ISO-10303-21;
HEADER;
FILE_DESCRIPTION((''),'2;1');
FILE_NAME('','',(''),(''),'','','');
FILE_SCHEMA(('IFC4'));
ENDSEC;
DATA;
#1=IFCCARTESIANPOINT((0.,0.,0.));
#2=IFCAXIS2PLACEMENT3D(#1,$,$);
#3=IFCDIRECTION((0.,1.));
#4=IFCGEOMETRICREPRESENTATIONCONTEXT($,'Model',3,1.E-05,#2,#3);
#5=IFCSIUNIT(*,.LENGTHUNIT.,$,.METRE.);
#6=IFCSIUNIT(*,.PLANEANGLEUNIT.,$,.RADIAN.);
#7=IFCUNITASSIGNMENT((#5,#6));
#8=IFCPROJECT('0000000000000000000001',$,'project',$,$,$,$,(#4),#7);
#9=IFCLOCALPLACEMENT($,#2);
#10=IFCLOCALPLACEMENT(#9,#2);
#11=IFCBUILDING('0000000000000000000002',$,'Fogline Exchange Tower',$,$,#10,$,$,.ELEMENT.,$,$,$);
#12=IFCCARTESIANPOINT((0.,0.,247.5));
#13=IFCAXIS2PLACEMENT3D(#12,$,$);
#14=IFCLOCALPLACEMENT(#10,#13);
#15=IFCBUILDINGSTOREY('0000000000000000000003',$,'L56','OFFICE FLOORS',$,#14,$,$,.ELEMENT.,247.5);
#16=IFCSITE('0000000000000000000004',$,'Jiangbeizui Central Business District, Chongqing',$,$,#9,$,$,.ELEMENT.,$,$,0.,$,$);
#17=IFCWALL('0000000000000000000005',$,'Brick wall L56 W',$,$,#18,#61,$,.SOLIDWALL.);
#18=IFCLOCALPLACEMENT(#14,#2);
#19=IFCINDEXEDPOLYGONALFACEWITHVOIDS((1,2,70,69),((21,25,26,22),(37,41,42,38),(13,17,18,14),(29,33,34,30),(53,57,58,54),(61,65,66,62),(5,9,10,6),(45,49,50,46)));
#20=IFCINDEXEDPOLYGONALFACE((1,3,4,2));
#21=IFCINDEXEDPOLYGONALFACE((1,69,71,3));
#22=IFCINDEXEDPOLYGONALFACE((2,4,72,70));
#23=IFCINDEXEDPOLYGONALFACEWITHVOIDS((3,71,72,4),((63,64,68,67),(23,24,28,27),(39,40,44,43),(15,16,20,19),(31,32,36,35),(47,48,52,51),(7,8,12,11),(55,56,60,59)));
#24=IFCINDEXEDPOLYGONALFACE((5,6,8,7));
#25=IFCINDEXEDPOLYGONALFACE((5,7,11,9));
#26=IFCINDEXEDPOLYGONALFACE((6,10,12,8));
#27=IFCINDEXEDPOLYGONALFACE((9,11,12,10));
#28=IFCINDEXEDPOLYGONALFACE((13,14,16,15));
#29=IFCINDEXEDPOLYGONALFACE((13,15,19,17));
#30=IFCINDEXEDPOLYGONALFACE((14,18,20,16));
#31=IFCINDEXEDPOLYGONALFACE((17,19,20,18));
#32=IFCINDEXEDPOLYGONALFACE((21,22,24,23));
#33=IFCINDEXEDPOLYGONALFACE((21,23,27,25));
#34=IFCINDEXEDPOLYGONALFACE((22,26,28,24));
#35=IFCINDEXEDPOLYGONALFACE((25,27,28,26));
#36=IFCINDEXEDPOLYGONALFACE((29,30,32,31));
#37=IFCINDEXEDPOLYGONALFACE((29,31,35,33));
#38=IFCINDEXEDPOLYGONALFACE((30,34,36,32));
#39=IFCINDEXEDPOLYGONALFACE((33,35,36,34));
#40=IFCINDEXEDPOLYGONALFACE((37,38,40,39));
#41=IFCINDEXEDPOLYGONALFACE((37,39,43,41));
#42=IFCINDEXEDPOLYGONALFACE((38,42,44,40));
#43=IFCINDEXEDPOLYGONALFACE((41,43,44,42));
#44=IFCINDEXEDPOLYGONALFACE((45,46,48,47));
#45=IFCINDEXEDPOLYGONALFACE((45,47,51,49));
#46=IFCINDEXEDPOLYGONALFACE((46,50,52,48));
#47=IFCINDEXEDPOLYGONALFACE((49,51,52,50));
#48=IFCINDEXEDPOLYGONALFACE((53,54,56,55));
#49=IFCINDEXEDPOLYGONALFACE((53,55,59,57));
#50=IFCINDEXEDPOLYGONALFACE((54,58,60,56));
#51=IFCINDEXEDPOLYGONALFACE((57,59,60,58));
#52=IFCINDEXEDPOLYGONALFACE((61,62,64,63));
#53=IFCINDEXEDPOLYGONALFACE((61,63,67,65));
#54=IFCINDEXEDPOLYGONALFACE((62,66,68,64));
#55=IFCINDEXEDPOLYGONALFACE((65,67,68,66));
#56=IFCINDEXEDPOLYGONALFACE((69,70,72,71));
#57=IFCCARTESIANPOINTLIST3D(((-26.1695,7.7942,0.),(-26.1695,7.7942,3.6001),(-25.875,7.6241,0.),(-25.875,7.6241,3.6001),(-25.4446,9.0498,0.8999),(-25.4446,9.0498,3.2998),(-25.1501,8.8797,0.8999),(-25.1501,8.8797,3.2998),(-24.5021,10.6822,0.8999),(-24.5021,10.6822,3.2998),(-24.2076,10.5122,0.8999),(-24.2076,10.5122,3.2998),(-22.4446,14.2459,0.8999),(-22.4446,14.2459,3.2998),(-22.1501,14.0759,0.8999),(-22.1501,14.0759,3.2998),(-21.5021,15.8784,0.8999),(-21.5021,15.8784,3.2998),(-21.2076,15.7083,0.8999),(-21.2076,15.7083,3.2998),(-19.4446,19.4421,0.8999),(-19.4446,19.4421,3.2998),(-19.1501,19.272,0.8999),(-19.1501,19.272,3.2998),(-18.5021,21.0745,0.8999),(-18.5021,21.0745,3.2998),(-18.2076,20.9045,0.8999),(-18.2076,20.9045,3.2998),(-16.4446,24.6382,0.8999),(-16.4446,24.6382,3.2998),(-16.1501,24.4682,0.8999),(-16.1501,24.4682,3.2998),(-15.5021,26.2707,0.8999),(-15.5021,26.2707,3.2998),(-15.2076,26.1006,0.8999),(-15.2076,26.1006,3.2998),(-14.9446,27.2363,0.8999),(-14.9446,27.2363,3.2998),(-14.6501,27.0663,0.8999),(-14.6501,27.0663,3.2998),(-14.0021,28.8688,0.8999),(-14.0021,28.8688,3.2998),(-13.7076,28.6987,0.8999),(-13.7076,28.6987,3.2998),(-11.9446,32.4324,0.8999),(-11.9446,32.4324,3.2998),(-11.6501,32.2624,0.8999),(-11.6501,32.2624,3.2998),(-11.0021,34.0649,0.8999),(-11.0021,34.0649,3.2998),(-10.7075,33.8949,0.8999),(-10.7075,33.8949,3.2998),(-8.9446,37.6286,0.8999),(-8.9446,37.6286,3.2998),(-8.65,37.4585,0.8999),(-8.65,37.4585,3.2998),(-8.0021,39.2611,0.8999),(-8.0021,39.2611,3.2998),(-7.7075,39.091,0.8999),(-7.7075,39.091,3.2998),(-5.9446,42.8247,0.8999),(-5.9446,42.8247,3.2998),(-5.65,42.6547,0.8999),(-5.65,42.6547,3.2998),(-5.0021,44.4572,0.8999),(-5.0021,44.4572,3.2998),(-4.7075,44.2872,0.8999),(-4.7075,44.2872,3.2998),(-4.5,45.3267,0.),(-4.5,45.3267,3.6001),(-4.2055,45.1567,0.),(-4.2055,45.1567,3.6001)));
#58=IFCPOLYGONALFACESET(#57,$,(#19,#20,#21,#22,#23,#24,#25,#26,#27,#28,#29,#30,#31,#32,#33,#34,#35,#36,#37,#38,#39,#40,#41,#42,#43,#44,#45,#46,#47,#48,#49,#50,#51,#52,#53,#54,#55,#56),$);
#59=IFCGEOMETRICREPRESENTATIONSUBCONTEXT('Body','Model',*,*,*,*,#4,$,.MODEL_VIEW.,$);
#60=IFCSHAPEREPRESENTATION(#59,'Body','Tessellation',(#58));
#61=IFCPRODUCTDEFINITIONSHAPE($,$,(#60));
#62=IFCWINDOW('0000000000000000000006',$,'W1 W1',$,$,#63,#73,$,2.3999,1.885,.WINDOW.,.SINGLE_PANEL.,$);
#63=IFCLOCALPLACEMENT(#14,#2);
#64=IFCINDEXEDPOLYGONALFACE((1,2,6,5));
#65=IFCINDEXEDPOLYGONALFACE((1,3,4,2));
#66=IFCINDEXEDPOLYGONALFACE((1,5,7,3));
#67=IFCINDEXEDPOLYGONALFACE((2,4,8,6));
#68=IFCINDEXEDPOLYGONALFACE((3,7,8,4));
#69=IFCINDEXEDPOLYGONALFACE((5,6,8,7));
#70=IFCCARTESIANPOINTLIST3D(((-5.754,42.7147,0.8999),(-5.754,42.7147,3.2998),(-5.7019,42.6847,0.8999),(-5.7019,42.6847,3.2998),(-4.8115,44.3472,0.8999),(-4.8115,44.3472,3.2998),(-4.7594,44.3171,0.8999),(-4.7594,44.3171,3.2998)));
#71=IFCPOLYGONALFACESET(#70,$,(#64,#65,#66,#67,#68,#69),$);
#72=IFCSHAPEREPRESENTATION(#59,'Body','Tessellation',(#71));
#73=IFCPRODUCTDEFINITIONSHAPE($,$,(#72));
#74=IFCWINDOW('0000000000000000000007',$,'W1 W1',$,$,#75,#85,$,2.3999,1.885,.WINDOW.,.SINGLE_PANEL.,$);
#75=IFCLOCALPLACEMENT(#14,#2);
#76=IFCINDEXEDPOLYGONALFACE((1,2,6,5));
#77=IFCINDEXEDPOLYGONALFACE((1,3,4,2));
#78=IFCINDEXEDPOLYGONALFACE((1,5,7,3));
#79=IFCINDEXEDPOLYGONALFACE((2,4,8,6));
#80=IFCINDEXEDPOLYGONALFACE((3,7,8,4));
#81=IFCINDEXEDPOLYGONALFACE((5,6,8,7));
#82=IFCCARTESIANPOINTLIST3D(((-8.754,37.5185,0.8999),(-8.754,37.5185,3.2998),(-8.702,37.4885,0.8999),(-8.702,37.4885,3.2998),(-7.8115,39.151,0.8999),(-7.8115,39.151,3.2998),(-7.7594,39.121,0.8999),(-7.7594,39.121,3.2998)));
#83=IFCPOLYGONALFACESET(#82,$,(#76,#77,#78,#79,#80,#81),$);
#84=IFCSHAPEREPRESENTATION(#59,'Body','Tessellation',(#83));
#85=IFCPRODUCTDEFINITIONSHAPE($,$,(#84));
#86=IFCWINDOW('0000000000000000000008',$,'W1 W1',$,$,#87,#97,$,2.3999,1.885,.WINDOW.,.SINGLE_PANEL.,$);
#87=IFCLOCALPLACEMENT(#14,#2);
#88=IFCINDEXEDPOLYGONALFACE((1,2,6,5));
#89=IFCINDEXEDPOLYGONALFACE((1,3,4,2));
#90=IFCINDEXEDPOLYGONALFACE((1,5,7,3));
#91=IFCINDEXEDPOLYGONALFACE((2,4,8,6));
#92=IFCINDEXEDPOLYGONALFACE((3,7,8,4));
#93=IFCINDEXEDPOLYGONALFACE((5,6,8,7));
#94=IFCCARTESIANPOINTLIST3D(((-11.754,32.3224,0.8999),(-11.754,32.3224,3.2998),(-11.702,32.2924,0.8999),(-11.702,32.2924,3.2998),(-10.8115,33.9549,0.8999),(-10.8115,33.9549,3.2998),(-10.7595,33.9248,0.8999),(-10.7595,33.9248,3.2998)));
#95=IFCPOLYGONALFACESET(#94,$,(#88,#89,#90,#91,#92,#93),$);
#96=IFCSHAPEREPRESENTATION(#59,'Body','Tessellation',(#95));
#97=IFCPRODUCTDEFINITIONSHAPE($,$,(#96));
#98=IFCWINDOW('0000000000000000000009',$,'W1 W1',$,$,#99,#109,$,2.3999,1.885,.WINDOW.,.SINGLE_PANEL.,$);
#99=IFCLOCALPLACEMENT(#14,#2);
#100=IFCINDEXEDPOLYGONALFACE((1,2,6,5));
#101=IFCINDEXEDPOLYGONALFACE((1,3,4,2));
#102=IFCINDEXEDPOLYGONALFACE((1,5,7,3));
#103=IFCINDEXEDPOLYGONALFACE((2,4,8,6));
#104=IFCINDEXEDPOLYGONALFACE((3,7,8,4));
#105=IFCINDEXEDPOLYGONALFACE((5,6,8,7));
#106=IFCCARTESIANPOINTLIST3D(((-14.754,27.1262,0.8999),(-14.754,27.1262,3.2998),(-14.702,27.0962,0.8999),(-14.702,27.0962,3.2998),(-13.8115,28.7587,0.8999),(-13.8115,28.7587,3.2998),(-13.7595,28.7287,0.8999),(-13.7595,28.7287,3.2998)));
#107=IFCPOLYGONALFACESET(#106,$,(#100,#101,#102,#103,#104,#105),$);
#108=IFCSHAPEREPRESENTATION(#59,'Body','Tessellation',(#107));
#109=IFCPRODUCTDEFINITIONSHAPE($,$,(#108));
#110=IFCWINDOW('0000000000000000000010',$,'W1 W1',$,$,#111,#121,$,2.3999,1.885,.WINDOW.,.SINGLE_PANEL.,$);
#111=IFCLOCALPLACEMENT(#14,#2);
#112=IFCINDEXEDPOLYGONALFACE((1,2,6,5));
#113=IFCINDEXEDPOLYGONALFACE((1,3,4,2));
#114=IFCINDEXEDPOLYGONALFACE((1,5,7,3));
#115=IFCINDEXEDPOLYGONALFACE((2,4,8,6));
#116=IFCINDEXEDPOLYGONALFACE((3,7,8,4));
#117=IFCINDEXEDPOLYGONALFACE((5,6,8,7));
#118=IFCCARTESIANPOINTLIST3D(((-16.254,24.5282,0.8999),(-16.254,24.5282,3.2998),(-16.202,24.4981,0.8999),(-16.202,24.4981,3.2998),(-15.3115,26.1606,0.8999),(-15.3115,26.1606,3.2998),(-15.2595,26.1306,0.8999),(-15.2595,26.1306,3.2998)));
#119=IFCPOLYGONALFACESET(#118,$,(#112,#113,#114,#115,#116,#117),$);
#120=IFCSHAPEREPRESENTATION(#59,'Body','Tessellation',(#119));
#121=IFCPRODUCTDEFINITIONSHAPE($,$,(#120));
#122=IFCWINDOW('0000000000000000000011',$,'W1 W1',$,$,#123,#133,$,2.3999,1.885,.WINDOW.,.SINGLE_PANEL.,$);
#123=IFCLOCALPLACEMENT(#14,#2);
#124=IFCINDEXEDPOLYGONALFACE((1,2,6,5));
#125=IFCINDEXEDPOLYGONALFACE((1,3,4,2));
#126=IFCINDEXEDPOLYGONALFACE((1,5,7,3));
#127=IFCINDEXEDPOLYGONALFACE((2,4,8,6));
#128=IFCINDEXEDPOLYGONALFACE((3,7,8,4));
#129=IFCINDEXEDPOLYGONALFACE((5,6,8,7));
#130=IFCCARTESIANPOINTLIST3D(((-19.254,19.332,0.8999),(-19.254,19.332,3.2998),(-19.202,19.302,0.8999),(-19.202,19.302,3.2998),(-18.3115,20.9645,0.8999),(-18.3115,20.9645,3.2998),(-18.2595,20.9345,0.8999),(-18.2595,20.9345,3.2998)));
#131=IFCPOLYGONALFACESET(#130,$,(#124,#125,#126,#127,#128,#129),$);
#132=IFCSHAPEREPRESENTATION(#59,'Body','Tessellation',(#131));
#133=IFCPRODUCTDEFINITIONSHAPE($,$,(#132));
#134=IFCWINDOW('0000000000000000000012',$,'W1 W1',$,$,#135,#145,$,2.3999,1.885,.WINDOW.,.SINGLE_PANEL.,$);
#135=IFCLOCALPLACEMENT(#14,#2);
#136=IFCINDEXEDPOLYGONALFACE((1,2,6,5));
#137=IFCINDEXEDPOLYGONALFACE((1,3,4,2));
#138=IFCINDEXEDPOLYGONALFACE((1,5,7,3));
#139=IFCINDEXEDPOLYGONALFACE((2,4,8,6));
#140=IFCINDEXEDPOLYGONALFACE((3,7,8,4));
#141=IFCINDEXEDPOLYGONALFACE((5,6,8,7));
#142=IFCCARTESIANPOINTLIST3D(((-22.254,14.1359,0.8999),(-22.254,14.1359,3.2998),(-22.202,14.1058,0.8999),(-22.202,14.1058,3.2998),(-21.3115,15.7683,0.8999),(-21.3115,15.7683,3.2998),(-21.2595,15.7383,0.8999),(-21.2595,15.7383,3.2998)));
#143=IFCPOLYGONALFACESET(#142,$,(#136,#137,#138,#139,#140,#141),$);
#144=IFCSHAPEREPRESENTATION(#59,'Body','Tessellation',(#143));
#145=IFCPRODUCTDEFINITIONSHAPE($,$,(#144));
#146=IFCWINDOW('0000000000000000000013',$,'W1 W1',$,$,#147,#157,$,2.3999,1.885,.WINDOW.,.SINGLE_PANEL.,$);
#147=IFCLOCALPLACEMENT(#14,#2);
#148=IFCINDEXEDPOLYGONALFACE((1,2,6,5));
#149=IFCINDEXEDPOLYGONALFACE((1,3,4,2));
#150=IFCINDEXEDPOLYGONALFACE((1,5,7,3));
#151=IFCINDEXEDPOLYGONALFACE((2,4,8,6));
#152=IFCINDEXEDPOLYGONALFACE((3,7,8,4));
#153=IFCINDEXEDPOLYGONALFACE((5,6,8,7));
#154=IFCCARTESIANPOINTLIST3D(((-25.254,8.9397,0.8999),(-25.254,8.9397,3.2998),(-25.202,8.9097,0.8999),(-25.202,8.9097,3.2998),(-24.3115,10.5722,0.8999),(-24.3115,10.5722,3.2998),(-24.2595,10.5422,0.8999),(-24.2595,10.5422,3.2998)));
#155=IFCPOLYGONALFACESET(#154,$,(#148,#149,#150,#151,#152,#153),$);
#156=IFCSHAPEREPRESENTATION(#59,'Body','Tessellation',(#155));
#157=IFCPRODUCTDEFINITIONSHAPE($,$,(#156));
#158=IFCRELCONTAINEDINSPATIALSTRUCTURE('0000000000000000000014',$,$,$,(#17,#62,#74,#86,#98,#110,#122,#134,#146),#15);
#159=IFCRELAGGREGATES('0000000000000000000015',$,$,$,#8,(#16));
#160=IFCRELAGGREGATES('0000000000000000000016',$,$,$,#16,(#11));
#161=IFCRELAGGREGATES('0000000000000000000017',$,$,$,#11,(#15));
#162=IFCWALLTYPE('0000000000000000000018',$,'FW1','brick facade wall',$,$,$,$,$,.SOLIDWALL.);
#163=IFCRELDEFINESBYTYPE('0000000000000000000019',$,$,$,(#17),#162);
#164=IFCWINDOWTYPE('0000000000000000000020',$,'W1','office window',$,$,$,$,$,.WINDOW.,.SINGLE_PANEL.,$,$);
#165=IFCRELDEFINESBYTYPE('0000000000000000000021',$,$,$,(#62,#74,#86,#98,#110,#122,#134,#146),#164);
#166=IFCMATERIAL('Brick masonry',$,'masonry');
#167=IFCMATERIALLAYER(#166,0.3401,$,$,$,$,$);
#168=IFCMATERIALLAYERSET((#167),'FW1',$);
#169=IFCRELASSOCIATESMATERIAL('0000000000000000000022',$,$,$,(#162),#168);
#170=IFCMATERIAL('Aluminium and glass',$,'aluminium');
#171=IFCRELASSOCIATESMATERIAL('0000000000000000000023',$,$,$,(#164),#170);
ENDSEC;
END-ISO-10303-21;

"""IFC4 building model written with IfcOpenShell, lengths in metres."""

from ifc_helpers import new_model, si_unit, direction, frame, frame_2d, origin, place, context, subcontext, project, spatial, rectangle, extrude, material, layer, layer_set, type_object, element, fill, save


model = new_model("IFC4")

# Units and contexts
model_context = context("Model", 3, precision=1e-05, world=origin(), true_north=direction((0.0, 1.0)))
body_context = subcontext(model_context, "Body", "Model", "MODEL_VIEW")
ifc_project = project(units=[si_unit("LENGTHUNIT", "METRE"), si_unit("PLANEANGLEUNIT", "RADIAN")], contexts=[model_context])

# Site, building, storey
site_placement = place(None, origin())
site = spatial("IfcSite", under=ifc_project, at=site_placement, Name="Jiangbeizui Central Business District, Chongqing", CompositionType="ELEMENT", RefElevation=0.0)
building_placement = place(site_placement, origin())
building = spatial("IfcBuilding", under=site, at=building_placement, Name="Fogline Exchange Tower", CompositionType="ELEMENT")
storey_placement = place(building_placement, frame((0.0, 0.0, 247.5)))
storey = spatial("IfcBuildingStorey", under=building, at=storey_placement, Name="L56", Description="OFFICE FLOORS", CompositionType="ELEMENT", Elevation=247.5)

# Wall, openings, windows
ifc_material_1 = material(Name="Brick masonry", Category="masonry")
ifc_layer_1 = layer(ifc_material_1, 0.3401)
ifc_layer_set_1 = layer_set([ifc_layer_1], Name="FW1")
wall_type_1 = type_object("IfcWallType", Name="FW1", Description="brick facade wall", PredefinedType="SOLIDWALL", material=ifc_layer_set_1)
wall_1_placement = place(storey_placement, frame((-4.3528, 45.2417, 0.0), z_axis=(0.0, 0.0, 1.0), x_axis=(-0.500001, -0.866025, 0.0)))
wall_1 = element("IfcWall", 1, at=wall_1_placement, inside=storey, type_object=wall_type_1, Name="Brick wall L56 W", PredefinedType="SOLIDWALL", context=body_context, shape_type="SweptSolid", body=[
    extrude(rectangle(XDim=43.3389, YDim=0.3401, at=frame_2d((21.6694, 0.0))), origin(), (0.0, 0.0, 1.0), 3.6001),
])
opening_1_placement = place(wall_1_placement, frame((1.0042, 0.0, 0.8999)))
opening_1 = element("IfcOpeningElement", 2, at=opening_1_placement, cuts=wall_1, PredefinedType="OPENING", context=body_context, shape_type="SweptSolid", body=[
    extrude(rectangle(XDim=1.885, YDim=2.3999, at=frame_2d((0.9424, 1.2))), frame((0.0, 0.1802, 0.0), z_axis=(0.0, -1.0, 0.0), x_axis=(1.0, 0.0, 0.0)), (0.0, 0.0, 1.0), 0.3601),
])
opening_2_placement = place(wall_1_placement, frame((7.0042, 0.0, 0.8999)))
opening_2 = element("IfcOpeningElement", 3, at=opening_2_placement, cuts=wall_1, PredefinedType="OPENING", context=body_context, shape_type="SweptSolid", body=[
    extrude(rectangle(XDim=1.885, YDim=2.3999, at=frame_2d((0.9424, 1.2))), frame((0.0, 0.1802, 0.0), z_axis=(0.0, -1.0, 0.0), x_axis=(1.0, 0.0, 0.0)), (0.0, 0.0, 1.0), 0.3601),
])
opening_3_placement = place(wall_1_placement, frame((13.0042, 0.0, 0.8999)))
opening_3 = element("IfcOpeningElement", 4, at=opening_3_placement, cuts=wall_1, PredefinedType="OPENING", context=body_context, shape_type="SweptSolid", body=[
    extrude(rectangle(XDim=1.885, YDim=2.3999, at=frame_2d((0.9424, 1.2))), frame((0.0, 0.1802, 0.0), z_axis=(0.0, -1.0, 0.0), x_axis=(1.0, 0.0, 0.0)), (0.0, 0.0, 1.0), 0.3601),
])
opening_4_placement = place(wall_1_placement, frame((19.0042, 0.0, 0.8999)))
opening_4 = element("IfcOpeningElement", 5, at=opening_4_placement, cuts=wall_1, PredefinedType="OPENING", context=body_context, shape_type="SweptSolid", body=[
    extrude(rectangle(XDim=1.885, YDim=2.3999, at=frame_2d((0.9424, 1.2))), frame((0.0, 0.1802, 0.0), z_axis=(0.0, -1.0, 0.0), x_axis=(1.0, 0.0, 0.0)), (0.0, 0.0, 1.0), 0.3601),
])
opening_5_placement = place(wall_1_placement, frame((22.0042, 0.0, 0.8999)))
opening_5 = element("IfcOpeningElement", 6, at=opening_5_placement, cuts=wall_1, PredefinedType="OPENING", context=body_context, shape_type="SweptSolid", body=[
    extrude(rectangle(XDim=1.885, YDim=2.3999, at=frame_2d((0.9424, 1.2))), frame((0.0, 0.1802, 0.0), z_axis=(0.0, -1.0, 0.0), x_axis=(1.0, 0.0, 0.0)), (0.0, 0.0, 1.0), 0.3601),
])
opening_6_placement = place(wall_1_placement, frame((28.0042, 0.0, 0.8999)))
opening_6 = element("IfcOpeningElement", 7, at=opening_6_placement, cuts=wall_1, PredefinedType="OPENING", context=body_context, shape_type="SweptSolid", body=[
    extrude(rectangle(XDim=1.885, YDim=2.3999, at=frame_2d((0.9424, 1.2))), frame((0.0, 0.1802, 0.0), z_axis=(0.0, -1.0, 0.0), x_axis=(1.0, 0.0, 0.0)), (0.0, 0.0, 1.0), 0.3601),
])
opening_7_placement = place(wall_1_placement, frame((34.0042, 0.0, 0.8999)))
opening_7 = element("IfcOpeningElement", 8, at=opening_7_placement, cuts=wall_1, PredefinedType="OPENING", context=body_context, shape_type="SweptSolid", body=[
    extrude(rectangle(XDim=1.885, YDim=2.3999, at=frame_2d((0.9424, 1.2))), frame((0.0, 0.1802, 0.0), z_axis=(0.0, -1.0, 0.0), x_axis=(1.0, 0.0, 0.0)), (0.0, 0.0, 1.0), 0.3601),
])
opening_8_placement = place(wall_1_placement, frame((40.0042, 0.0, 0.8999)))
opening_8 = element("IfcOpeningElement", 9, at=opening_8_placement, cuts=wall_1, PredefinedType="OPENING", context=body_context, shape_type="SweptSolid", body=[
    extrude(rectangle(XDim=1.885, YDim=2.3999, at=frame_2d((0.9424, 1.2))), frame((0.0, 0.1802, 0.0), z_axis=(0.0, -1.0, 0.0), x_axis=(1.0, 0.0, 0.0)), (0.0, 0.0, 1.0), 0.3601),
])
ifc_material_2 = material(Name="Aluminium and glass", Category="aluminium")
window_type = type_object("IfcWindowType", Name="W1", Description="office window", PartitioningType="SINGLE_PANEL", PredefinedType="WINDOW", material=ifc_material_2)
window_1_placement = place(opening_1_placement, origin())
window_1 = element("IfcWindow", 10, at=window_1_placement, inside=storey, type_object=window_type, Name="W1 W1", OverallHeight=2.3999, OverallWidth=1.885, PartitioningType="SINGLE_PANEL", PredefinedType="WINDOW", context=body_context, shape_type="SweptSolid", body=[
    extrude(rectangle(XDim=1.885, YDim=2.3999, at=frame_2d((0.9424, 1.2))), frame((0.0, 0.1101, 0.0), z_axis=(0.0, -1.0, 0.0), x_axis=(1.0, 0.0, 0.0)), (0.0, 0.0, 1.0), 0.0601),
])
fill(opening_1, window_1)
window_2_placement = place(opening_2_placement, origin())
window_2 = element("IfcWindow", 11, at=window_2_placement, inside=storey, type_object=window_type, Name="W1 W1", OverallHeight=2.3999, OverallWidth=1.885, PartitioningType="SINGLE_PANEL", PredefinedType="WINDOW", context=body_context, shape_type="SweptSolid", body=[
    extrude(rectangle(XDim=1.885, YDim=2.3999, at=frame_2d((0.9424, 1.2))), frame((0.0, 0.1101, 0.0), z_axis=(0.0, -1.0, 0.0), x_axis=(1.0, 0.0, 0.0)), (0.0, 0.0, 1.0), 0.0601),
])
fill(opening_2, window_2)
window_3_placement = place(opening_3_placement, origin())
window_3 = element("IfcWindow", 12, at=window_3_placement, inside=storey, type_object=window_type, Name="W1 W1", OverallHeight=2.3999, OverallWidth=1.885, PartitioningType="SINGLE_PANEL", PredefinedType="WINDOW", context=body_context, shape_type="SweptSolid", body=[
    extrude(rectangle(XDim=1.885, YDim=2.3999, at=frame_2d((0.9424, 1.2))), frame((0.0, 0.1101, 0.0), z_axis=(0.0, -1.0, 0.0), x_axis=(1.0, 0.0, 0.0)), (0.0, 0.0, 1.0), 0.0601),
])
fill(opening_3, window_3)
window_4_placement = place(opening_4_placement, origin())
window_4 = element("IfcWindow", 13, at=window_4_placement, inside=storey, type_object=window_type, Name="W1 W1", OverallHeight=2.3999, OverallWidth=1.885, PartitioningType="SINGLE_PANEL", PredefinedType="WINDOW", context=body_context, shape_type="SweptSolid", body=[
    extrude(rectangle(XDim=1.885, YDim=2.3999, at=frame_2d((0.9424, 1.2))), frame((0.0, 0.1101, 0.0), z_axis=(0.0, -1.0, 0.0), x_axis=(1.0, 0.0, 0.0)), (0.0, 0.0, 1.0), 0.0601),
])
fill(opening_4, window_4)
window_5_placement = place(opening_5_placement, origin())
window_5 = element("IfcWindow", 14, at=window_5_placement, inside=storey, type_object=window_type, Name="W1 W1", OverallHeight=2.3999, OverallWidth=1.885, PartitioningType="SINGLE_PANEL", PredefinedType="WINDOW", context=body_context, shape_type="SweptSolid", body=[
    extrude(rectangle(XDim=1.885, YDim=2.3999, at=frame_2d((0.9424, 1.2))), frame((0.0, 0.1101, 0.0), z_axis=(0.0, -1.0, 0.0), x_axis=(1.0, 0.0, 0.0)), (0.0, 0.0, 1.0), 0.0601),
])
fill(opening_5, window_5)
window_6_placement = place(opening_6_placement, origin())
window_6 = element("IfcWindow", 15, at=window_6_placement, inside=storey, type_object=window_type, Name="W1 W1", OverallHeight=2.3999, OverallWidth=1.885, PartitioningType="SINGLE_PANEL", PredefinedType="WINDOW", context=body_context, shape_type="SweptSolid", body=[
    extrude(rectangle(XDim=1.885, YDim=2.3999, at=frame_2d((0.9424, 1.2))), frame((0.0, 0.1101, 0.0), z_axis=(0.0, -1.0, 0.0), x_axis=(1.0, 0.0, 0.0)), (0.0, 0.0, 1.0), 0.0601),
])
fill(opening_6, window_6)
window_7_placement = place(opening_7_placement, origin())
window_7 = element("IfcWindow", 16, at=window_7_placement, inside=storey, type_object=window_type, Name="W1 W1", OverallHeight=2.3999, OverallWidth=1.885, PartitioningType="SINGLE_PANEL", PredefinedType="WINDOW", context=body_context, shape_type="SweptSolid", body=[
    extrude(rectangle(XDim=1.885, YDim=2.3999, at=frame_2d((0.9424, 1.2))), frame((0.0, 0.1101, 0.0), z_axis=(0.0, -1.0, 0.0), x_axis=(1.0, 0.0, 0.0)), (0.0, 0.0, 1.0), 0.0601),
])
fill(opening_7, window_7)
window_8_placement = place(opening_8_placement, origin())
window_8 = element("IfcWindow", 17, at=window_8_placement, inside=storey, type_object=window_type, Name="W1 W1", OverallHeight=2.3999, OverallWidth=1.885, PartitioningType="SINGLE_PANEL", PredefinedType="WINDOW", context=body_context, shape_type="SweptSolid", body=[
    extrude(rectangle(XDim=1.885, YDim=2.3999, at=frame_2d((0.9424, 1.2))), frame((0.0, 0.1101, 0.0), z_axis=(0.0, -1.0, 0.0), x_axis=(1.0, 0.0, 0.0)), (0.0, 0.0, 1.0), 0.0601),
])
fill(opening_8, window_8)

save(model, "model.ifc")
